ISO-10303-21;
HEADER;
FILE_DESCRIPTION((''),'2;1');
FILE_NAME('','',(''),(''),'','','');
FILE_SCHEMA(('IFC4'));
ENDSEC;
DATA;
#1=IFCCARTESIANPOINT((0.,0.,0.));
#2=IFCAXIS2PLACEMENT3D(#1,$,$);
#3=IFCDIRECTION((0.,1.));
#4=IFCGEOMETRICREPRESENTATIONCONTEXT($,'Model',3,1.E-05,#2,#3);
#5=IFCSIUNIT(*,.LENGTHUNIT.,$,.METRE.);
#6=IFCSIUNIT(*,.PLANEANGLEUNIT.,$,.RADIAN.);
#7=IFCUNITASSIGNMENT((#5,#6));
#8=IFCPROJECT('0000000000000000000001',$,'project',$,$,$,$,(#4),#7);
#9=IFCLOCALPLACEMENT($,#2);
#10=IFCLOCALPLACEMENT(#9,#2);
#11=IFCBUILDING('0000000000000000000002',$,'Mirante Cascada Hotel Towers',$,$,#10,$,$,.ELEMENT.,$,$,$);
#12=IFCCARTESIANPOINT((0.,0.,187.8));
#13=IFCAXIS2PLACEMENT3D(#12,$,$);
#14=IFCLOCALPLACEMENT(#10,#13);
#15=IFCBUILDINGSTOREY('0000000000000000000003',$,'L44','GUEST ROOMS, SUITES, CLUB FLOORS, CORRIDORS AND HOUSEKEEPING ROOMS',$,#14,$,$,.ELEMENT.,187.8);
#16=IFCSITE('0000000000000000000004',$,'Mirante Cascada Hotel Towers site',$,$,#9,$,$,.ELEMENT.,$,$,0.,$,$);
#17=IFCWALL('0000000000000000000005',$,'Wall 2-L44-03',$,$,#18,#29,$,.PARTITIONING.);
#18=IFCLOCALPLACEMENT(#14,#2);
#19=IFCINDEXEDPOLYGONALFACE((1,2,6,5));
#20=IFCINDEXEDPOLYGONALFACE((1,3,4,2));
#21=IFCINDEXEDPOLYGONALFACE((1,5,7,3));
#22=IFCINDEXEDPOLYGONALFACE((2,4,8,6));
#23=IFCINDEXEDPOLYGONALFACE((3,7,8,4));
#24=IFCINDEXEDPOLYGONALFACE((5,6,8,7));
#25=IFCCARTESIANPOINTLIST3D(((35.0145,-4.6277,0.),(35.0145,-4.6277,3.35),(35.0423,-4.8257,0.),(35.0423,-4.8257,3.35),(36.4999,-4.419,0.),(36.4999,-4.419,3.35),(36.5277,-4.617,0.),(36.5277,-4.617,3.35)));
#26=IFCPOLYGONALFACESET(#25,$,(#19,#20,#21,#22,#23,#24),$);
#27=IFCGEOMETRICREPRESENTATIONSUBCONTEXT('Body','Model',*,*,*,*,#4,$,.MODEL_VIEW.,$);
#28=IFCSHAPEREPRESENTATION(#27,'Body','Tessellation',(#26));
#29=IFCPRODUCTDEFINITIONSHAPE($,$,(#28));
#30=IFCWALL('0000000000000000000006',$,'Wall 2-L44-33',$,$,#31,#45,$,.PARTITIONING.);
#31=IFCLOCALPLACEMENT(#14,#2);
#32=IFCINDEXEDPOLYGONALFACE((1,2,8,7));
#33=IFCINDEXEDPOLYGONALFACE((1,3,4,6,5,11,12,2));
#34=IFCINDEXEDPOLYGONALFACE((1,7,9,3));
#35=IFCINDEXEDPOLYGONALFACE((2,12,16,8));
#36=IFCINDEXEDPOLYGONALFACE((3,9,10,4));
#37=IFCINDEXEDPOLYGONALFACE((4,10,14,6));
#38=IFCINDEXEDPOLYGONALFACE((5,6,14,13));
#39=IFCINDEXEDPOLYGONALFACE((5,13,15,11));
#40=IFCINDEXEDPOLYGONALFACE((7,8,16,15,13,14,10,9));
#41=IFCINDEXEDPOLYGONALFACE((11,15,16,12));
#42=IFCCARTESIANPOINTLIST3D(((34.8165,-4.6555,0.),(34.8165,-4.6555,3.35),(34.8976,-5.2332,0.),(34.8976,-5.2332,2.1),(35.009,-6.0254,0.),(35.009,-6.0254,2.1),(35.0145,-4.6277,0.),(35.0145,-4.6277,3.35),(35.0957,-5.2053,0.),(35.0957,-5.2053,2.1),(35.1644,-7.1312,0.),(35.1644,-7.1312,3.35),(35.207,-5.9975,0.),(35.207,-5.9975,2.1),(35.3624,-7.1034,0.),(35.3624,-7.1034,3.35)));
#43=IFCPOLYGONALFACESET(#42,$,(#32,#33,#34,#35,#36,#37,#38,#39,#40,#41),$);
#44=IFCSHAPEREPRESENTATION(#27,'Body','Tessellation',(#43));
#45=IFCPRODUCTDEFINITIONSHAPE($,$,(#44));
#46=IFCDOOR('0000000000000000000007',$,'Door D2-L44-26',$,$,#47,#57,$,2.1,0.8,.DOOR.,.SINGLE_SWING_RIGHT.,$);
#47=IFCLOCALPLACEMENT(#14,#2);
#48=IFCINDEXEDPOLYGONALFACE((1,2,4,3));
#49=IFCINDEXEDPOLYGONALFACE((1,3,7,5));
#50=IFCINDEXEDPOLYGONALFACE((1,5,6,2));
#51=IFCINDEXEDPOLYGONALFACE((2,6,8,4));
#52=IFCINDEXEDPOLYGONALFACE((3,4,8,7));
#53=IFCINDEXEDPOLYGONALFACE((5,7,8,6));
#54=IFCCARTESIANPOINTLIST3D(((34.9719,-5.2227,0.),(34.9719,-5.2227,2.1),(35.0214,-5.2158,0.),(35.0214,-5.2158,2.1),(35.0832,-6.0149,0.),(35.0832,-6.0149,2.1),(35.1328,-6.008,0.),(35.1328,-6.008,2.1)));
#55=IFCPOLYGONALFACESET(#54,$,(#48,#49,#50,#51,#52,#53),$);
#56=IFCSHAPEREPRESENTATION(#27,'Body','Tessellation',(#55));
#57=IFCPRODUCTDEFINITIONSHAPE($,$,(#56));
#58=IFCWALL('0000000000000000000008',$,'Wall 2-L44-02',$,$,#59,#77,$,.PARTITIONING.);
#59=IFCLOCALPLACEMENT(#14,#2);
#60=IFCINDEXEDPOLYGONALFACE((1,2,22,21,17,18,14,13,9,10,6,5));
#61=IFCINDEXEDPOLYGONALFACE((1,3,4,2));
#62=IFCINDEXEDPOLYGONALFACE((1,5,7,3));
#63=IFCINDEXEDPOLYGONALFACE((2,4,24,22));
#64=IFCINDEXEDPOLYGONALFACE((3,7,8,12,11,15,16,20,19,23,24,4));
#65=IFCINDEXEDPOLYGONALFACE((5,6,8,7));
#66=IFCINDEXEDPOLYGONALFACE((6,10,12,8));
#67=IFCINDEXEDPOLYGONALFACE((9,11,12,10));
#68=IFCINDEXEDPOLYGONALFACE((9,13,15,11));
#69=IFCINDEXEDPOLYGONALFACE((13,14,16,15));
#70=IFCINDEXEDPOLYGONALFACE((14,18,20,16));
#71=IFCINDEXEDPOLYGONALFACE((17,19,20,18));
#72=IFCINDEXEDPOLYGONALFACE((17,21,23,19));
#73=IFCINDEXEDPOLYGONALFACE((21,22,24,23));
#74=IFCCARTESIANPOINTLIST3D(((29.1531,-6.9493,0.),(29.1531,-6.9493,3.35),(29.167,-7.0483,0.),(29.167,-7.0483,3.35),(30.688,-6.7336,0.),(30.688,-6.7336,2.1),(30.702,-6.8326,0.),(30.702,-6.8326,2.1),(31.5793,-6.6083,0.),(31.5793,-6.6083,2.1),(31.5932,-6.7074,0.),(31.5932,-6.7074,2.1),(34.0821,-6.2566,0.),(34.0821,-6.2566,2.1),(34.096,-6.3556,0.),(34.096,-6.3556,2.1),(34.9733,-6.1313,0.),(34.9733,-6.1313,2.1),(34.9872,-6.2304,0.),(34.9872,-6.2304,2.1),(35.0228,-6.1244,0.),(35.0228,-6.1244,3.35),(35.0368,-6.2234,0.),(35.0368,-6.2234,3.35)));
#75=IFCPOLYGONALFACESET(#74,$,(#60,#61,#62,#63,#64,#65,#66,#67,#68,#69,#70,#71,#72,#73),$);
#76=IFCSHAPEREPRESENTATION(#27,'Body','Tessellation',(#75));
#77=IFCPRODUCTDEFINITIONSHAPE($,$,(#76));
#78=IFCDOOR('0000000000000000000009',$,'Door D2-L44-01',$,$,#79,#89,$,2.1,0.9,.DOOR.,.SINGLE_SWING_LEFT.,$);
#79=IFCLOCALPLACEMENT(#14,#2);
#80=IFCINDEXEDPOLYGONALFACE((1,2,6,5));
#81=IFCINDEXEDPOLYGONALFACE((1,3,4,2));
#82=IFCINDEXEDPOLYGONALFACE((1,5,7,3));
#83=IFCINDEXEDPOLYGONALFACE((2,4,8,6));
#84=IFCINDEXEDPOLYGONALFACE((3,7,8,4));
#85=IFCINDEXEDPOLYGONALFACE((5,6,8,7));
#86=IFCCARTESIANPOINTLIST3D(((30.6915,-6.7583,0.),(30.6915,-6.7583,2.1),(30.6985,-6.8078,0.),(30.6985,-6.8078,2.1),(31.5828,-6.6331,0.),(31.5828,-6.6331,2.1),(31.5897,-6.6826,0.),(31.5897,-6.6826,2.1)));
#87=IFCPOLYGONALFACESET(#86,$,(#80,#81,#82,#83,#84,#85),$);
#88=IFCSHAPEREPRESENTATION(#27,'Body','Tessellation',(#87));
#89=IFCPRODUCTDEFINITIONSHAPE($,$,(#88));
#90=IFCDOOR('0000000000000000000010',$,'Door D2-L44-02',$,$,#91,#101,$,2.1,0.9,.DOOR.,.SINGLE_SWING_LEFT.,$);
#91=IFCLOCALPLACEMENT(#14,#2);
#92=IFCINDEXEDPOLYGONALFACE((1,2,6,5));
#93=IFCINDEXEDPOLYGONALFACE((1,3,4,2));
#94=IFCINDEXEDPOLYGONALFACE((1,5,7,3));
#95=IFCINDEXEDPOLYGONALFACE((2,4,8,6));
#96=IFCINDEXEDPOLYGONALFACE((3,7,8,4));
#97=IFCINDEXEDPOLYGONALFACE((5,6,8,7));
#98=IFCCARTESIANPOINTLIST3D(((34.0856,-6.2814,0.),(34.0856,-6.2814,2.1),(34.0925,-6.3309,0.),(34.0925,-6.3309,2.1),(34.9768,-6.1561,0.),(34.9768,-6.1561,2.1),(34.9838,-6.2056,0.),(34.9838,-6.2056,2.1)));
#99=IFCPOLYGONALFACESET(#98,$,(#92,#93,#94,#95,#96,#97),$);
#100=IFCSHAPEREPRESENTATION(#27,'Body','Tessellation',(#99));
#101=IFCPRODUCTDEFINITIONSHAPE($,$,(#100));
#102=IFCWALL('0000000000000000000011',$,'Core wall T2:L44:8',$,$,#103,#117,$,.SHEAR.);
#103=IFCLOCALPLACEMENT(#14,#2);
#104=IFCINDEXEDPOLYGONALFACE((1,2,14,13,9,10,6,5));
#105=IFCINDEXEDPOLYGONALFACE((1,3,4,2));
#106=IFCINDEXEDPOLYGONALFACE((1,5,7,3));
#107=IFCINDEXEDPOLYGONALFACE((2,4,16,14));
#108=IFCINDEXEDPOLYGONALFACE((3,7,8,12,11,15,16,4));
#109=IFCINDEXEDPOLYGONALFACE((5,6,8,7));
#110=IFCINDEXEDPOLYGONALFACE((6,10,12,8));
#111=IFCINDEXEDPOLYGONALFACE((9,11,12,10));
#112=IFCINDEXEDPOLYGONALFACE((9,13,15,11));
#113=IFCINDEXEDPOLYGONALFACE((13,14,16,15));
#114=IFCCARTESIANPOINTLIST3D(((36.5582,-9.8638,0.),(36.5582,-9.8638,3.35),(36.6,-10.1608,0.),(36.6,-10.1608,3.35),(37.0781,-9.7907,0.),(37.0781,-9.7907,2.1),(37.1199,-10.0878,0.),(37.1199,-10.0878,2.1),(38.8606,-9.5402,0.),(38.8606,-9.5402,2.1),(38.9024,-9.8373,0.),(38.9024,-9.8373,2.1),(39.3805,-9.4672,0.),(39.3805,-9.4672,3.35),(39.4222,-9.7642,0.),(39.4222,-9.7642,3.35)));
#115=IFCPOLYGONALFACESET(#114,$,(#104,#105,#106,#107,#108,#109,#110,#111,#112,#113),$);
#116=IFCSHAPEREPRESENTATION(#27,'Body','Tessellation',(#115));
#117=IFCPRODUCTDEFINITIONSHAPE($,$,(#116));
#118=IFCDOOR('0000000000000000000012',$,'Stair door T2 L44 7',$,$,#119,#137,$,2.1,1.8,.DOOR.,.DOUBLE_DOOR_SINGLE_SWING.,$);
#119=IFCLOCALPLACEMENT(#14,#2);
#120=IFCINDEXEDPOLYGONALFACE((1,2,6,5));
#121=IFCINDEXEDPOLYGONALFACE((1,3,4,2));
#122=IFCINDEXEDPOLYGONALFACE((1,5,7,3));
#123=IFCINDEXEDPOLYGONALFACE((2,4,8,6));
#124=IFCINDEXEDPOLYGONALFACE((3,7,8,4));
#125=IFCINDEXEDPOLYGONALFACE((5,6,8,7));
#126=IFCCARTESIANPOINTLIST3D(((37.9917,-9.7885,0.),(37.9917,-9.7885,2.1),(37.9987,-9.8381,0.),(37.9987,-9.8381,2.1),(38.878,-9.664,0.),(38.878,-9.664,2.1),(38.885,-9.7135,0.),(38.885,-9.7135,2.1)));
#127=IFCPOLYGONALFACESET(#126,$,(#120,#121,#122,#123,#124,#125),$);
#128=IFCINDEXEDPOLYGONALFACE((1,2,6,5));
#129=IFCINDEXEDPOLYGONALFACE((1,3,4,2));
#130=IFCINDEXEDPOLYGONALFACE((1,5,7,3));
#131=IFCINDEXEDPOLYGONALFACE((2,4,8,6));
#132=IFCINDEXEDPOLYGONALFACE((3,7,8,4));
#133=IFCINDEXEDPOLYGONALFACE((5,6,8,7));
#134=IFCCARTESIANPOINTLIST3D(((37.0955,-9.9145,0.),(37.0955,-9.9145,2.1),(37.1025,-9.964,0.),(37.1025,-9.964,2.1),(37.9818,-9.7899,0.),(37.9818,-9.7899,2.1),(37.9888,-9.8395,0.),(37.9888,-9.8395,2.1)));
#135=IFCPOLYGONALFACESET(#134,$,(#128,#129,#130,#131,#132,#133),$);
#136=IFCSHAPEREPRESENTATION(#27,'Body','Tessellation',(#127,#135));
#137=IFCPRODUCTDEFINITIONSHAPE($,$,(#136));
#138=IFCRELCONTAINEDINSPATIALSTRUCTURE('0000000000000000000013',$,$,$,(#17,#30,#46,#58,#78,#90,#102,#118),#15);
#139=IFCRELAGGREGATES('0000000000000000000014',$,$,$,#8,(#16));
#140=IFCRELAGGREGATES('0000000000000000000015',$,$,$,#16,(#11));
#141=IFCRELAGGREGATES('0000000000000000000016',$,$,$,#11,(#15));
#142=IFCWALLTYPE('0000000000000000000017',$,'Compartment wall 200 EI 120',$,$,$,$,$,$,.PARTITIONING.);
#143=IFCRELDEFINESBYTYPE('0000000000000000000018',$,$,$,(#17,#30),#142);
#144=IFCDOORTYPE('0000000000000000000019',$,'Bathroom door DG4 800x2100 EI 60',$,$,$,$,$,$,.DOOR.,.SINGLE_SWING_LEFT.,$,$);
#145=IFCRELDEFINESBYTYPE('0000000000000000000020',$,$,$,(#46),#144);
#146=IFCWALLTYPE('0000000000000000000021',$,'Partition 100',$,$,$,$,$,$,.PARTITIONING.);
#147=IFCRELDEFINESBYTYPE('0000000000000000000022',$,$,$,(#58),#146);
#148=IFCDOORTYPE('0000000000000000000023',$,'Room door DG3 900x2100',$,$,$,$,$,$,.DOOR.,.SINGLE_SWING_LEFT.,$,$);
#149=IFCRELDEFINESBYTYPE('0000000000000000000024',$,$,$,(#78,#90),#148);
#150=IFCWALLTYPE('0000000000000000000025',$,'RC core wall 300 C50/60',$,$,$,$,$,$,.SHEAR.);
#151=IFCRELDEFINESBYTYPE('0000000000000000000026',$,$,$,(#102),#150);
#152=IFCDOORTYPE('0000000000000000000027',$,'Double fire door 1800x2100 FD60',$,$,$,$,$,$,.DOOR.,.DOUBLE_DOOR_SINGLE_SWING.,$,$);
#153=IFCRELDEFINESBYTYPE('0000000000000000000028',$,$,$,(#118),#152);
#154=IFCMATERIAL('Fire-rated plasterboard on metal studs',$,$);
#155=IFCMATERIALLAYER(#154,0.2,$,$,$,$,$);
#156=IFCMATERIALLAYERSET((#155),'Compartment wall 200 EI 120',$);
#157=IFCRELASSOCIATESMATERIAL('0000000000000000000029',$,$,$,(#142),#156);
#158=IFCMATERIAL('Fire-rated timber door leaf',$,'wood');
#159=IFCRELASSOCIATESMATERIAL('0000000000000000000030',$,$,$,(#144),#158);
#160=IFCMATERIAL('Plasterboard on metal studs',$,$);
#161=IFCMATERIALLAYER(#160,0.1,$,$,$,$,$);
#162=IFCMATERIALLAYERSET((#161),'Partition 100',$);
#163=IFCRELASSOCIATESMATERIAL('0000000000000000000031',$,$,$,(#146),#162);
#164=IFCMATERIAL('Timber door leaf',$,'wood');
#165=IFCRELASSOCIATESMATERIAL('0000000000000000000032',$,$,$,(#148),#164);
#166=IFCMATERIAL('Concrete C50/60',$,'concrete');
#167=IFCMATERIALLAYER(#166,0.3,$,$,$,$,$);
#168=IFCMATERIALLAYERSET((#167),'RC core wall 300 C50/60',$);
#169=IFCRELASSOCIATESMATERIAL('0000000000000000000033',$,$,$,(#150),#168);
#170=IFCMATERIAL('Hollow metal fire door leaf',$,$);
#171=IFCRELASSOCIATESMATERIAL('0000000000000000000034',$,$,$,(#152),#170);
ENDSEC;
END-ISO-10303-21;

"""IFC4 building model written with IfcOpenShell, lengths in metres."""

from ifc_helpers import new_model, si_unit, direction, frame, frame_2d, origin, place, context, subcontext, project, spatial, rectangle, extrude, material, layer, layer_set, type_object, element, fill, save


model = new_model("IFC4")

# Units and contexts
model_context = context("Model", 3, precision=1e-05, world=origin(), true_north=direction((0.0, 1.0)))
body_context = subcontext(model_context, "Body", "Model", "MODEL_VIEW")
ifc_project = project(units=[si_unit("LENGTHUNIT", "METRE"), si_unit("PLANEANGLEUNIT", "RADIAN")], contexts=[model_context])

# Site, building, storey
site_placement = place(None, origin())
site = spatial("IfcSite", under=ifc_project, at=site_placement, Name="Mirante Cascada Hotel Towers site", CompositionType="ELEMENT", RefElevation=0.0)
building_placement = place(site_placement, origin())
building = spatial("IfcBuilding", under=site, at=building_placement, Name="Mirante Cascada Hotel Towers", CompositionType="ELEMENT")
storey_placement = place(building_placement, frame((0.0, 0.0, 187.8)))
storey = spatial("IfcBuildingStorey", under=building, at=storey_placement, Name="L44", Description="GUEST ROOMS, SUITES, CLUB FLOORS, CORRIDORS AND HOUSEKEEPING ROOMS", CompositionType="ELEMENT", Elevation=187.8)

# Wall
ifc_material_1 = material(Name="Fire-rated plasterboard on metal studs")
ifc_layer_1 = layer(ifc_material_1, 0.2)
ifc_layer_set_1 = layer_set([ifc_layer_1], Name="Compartment wall 200 EI 120")
wall_type_1 = type_object("IfcWallType", Name="Compartment wall 200 EI 120", PredefinedType="PARTITIONING", material=ifc_layer_set_1)
wall_1_placement = place(storey_placement, frame((35.0284, -4.7267, 0.0), z_axis=(0.0, 0.0, 1.0), x_axis=(0.990274, 0.139134, 0.0)))
element("IfcWall", 1, at=wall_1_placement, inside=storey, type_object=wall_type_1, Name="Wall 2-L44-03", PredefinedType="PARTITIONING", context=body_context, shape_type="SweptSolid", body=[
    extrude(rectangle(XDim=1.5, YDim=0.2, at=frame_2d((0.75, 0.0))), origin(), (0.0, 0.0, 1.0), 3.35),
])

# Wall, opening, door
wall_2_placement = place(storey_placement, frame((35.2634, -7.1173, 0.0), z_axis=(0.0, 0.0, 1.0), x_axis=(-0.139159, 0.99027, 0.0)))
wall_2 = element("IfcWall", 2, at=wall_2_placement, inside=storey, type_object=wall_type_1, Name="Wall 2-L44-33", PredefinedType="PARTITIONING", context=body_context, shape_type="SweptSolid", body=[
    extrude(rectangle(XDim=2.5, YDim=0.2, at=frame_2d((1.25, 0.0))), origin(), (0.0, 0.0, 1.0), 3.35),
])
opening_1_placement = place(wall_2_placement, frame((1.1167, 0.0, 0.0)))
opening_1 = element("IfcOpeningElement", 3, at=opening_1_placement, cuts=wall_2, PredefinedType="OPENING", context=body_context, shape_type="SweptSolid", body=[
    extrude(rectangle(XDim=0.8, YDim=2.1, at=frame_2d((0.4, 1.05))), frame((0.0, 0.1, 0.0), z_axis=(0.0, -1.0, 0.0), x_axis=(1.0, 0.0, 0.0)), (0.0, 0.0, 1.0), 0.2),
])
ifc_material_2 = material(Name="Fire-rated timber door leaf", Category="wood")
door_type_1 = type_object("IfcDoorType", Name="Bathroom door DG4 800x2100 EI 60", OperationType="SINGLE_SWING_LEFT", PredefinedType="DOOR", material=ifc_material_2)
door_1_placement = place(opening_1_placement, frame((0.8, 0.0, 0.0), z_axis=(0.0, 0.0, 1.0), x_axis=(-1.0, 0.0, 0.0)))
door_1 = element("IfcDoor", 4, at=door_1_placement, inside=storey, type_object=door_type_1, Name="Door D2-L44-26", OperationType="SINGLE_SWING_RIGHT", OverallHeight=2.1, OverallWidth=0.8, PredefinedType="DOOR", context=body_context, shape_type="SweptSolid", body=[
    extrude(rectangle(XDim=0.8, YDim=2.1, at=frame_2d((0.4, 1.05))), frame((0.0, 0.025, 0.0), z_axis=(0.0, -1.0, 0.0), x_axis=(1.0, 0.0, 0.0)), (0.0, 0.0, 1.0), 0.05),
])
fill(opening_1, door_1)

# Wall, openings, doors
ifc_material_3 = material(Name="Plasterboard on metal studs")
ifc_layer_2 = layer(ifc_material_3, 0.1)
ifc_layer_set_2 = layer_set([ifc_layer_2], Name="Partition 100")
wall_type_2 = type_object("IfcWallType", Name="Partition 100", PredefinedType="PARTITIONING", material=ifc_layer_set_2)
wall_3_placement = place(storey_placement, frame((35.0298, -6.1739, 0.0), z_axis=(0.0, 0.0, 1.0), x_axis=(-0.990269, -0.139168, 0.0)))
wall_3 = element("IfcWall", 5, at=wall_3_placement, inside=storey, type_object=wall_type_2, Name="Wall 2-L44-02", PredefinedType="PARTITIONING", context=body_context, shape_type="SweptSolid", body=[
    extrude(rectangle(XDim=5.9274, YDim=0.1, at=frame_2d((2.9637, 0.0))), origin(), (0.0, 0.0, 1.0), 3.35),
])
opening_2_placement = place(wall_3_placement, frame((3.4774, 0.0, 0.0)))
opening_2 = element("IfcOpeningElement", 6, at=opening_2_placement, cuts=wall_3, PredefinedType="OPENING", context=body_context, shape_type="SweptSolid", body=[
    extrude(rectangle(XDim=0.9, YDim=2.1, at=frame_2d((0.45, 1.05))), frame((0.0, 0.05, 0.0), z_axis=(0.0, -1.0, 0.0), x_axis=(1.0, 0.0, 0.0)), (0.0, 0.0, 1.0), 0.1),
])
opening_3_placement = place(wall_3_placement, frame((0.05, 0.0, 0.0)))
opening_3 = element("IfcOpeningElement", 7, at=opening_3_placement, cuts=wall_3, PredefinedType="OPENING", context=body_context, shape_type="SweptSolid", body=[
    extrude(rectangle(XDim=0.9, YDim=2.1, at=frame_2d((0.45, 1.05))), frame((0.0, 0.05, 0.0), z_axis=(0.0, -1.0, 0.0), x_axis=(1.0, 0.0, 0.0)), (0.0, 0.0, 1.0), 0.1),
])
ifc_material_4 = material(Name="Timber door leaf", Category="wood")
door_type_2 = type_object("IfcDoorType", Name="Room door DG3 900x2100", OperationType="SINGLE_SWING_LEFT", PredefinedType="DOOR", material=ifc_material_4)
door_2_placement = place(opening_2_placement, origin())
door_2 = element("IfcDoor", 8, at=door_2_placement, inside=storey, type_object=door_type_2, Name="Door D2-L44-01", OperationType="SINGLE_SWING_LEFT", OverallHeight=2.1, OverallWidth=0.9, PredefinedType="DOOR", context=body_context, shape_type="SweptSolid", body=[
    extrude(rectangle(XDim=0.9, YDim=2.1, at=frame_2d((0.45, 1.05))), frame((0.0, 0.025, 0.0), z_axis=(0.0, -1.0, 0.0), x_axis=(1.0, 0.0, 0.0)), (0.0, 0.0, 1.0), 0.05),
])
fill(opening_2, door_2)
door_3_placement = place(opening_3_placement, origin())
door_3 = element("IfcDoor", 9, at=door_3_placement, inside=storey, type_object=door_type_2, Name="Door D2-L44-02", OperationType="SINGLE_SWING_LEFT", OverallHeight=2.1, OverallWidth=0.9, PredefinedType="DOOR", context=body_context, shape_type="SweptSolid", body=[
    extrude(rectangle(XDim=0.9, YDim=2.1, at=frame_2d((0.45, 1.05))), frame((0.0, 0.025, 0.0), z_axis=(0.0, -1.0, 0.0), x_axis=(1.0, 0.0, 0.0)), (0.0, 0.0, 1.0), 0.05),
])
fill(opening_3, door_3)

# Wall, opening, door
ifc_material_5 = material(Name="Concrete C50/60", Category="concrete")
ifc_layer_3 = layer(ifc_material_5, 0.3)
ifc_layer_set_3 = layer_set([ifc_layer_3], Name="RC core wall 300 C50/60")
wall_type_3 = type_object("IfcWallType", Name="RC core wall 300 C50/60", PredefinedType="SHEAR", material=ifc_layer_set_3)
wall_4_placement = place(storey_placement, frame((36.5791, -10.0123, 0.0), z_axis=(0.0, 0.0, 1.0), x_axis=(0.99027, 0.139156, 0.0)))
wall_4 = element("IfcWall", 10, at=wall_4_placement, inside=storey, type_object=wall_type_3, Name="Core wall T2:L44:8", PredefinedType="SHEAR", context=body_context, shape_type="SweptSolid", body=[
    extrude(rectangle(XDim=2.85, YDim=0.3, at=frame_2d((1.425, 0.0))), origin(), (0.0, 0.0, 1.0), 3.35),
])
opening_4_placement = place(wall_4_placement, frame((0.525, 0.0, 0.0)))
opening_4 = element("IfcOpeningElement", 11, at=opening_4_placement, cuts=wall_4, PredefinedType="OPENING", context=body_context, shape_type="SweptSolid", body=[
    extrude(rectangle(XDim=1.8, YDim=2.1, at=frame_2d((0.9, 1.05))), frame((0.0, 0.15, 0.0), z_axis=(0.0, -1.0, 0.0), x_axis=(1.0, 0.0, 0.0)), (0.0, 0.0, 1.0), 0.3),
])
ifc_material_6 = material(Name="Hollow metal fire door leaf")
door_type_3 = type_object("IfcDoorType", Name="Double fire door 1800x2100 FD60", OperationType="DOUBLE_DOOR_SINGLE_SWING", PredefinedType="DOOR", material=ifc_material_6)
door_4_placement = place(opening_4_placement, frame((1.8, 0.0, 0.0), z_axis=(0.0, 0.0, 1.0), x_axis=(-1.0, 0.0, 0.0)))
door_4 = element("IfcDoor", 12, at=door_4_placement, inside=storey, type_object=door_type_3, Name="Stair door T2 L44 7", OperationType="DOUBLE_DOOR_SINGLE_SWING", OverallHeight=2.1, OverallWidth=1.8, PredefinedType="DOOR", context=body_context, shape_type="SweptSolid", body=[
    extrude(rectangle(XDim=0.895, YDim=2.1, at=frame_2d((0.4475, 1.05))), frame((0.0, 0.025, 0.0), z_axis=(0.0, -1.0, 0.0), x_axis=(1.0, 0.0, 0.0)), (0.0, 0.0, 1.0), 0.05),
    extrude(rectangle(XDim=0.895, YDim=2.1, at=frame_2d((1.3525, 1.05))), frame((0.0, 0.025, 0.0), z_axis=(0.0, -1.0, 0.0), x_axis=(1.0, 0.0, 0.0)), (0.0, 0.0, 1.0), 0.05),
])
fill(opening_4, door_4)

save(model, "model.ifc")
